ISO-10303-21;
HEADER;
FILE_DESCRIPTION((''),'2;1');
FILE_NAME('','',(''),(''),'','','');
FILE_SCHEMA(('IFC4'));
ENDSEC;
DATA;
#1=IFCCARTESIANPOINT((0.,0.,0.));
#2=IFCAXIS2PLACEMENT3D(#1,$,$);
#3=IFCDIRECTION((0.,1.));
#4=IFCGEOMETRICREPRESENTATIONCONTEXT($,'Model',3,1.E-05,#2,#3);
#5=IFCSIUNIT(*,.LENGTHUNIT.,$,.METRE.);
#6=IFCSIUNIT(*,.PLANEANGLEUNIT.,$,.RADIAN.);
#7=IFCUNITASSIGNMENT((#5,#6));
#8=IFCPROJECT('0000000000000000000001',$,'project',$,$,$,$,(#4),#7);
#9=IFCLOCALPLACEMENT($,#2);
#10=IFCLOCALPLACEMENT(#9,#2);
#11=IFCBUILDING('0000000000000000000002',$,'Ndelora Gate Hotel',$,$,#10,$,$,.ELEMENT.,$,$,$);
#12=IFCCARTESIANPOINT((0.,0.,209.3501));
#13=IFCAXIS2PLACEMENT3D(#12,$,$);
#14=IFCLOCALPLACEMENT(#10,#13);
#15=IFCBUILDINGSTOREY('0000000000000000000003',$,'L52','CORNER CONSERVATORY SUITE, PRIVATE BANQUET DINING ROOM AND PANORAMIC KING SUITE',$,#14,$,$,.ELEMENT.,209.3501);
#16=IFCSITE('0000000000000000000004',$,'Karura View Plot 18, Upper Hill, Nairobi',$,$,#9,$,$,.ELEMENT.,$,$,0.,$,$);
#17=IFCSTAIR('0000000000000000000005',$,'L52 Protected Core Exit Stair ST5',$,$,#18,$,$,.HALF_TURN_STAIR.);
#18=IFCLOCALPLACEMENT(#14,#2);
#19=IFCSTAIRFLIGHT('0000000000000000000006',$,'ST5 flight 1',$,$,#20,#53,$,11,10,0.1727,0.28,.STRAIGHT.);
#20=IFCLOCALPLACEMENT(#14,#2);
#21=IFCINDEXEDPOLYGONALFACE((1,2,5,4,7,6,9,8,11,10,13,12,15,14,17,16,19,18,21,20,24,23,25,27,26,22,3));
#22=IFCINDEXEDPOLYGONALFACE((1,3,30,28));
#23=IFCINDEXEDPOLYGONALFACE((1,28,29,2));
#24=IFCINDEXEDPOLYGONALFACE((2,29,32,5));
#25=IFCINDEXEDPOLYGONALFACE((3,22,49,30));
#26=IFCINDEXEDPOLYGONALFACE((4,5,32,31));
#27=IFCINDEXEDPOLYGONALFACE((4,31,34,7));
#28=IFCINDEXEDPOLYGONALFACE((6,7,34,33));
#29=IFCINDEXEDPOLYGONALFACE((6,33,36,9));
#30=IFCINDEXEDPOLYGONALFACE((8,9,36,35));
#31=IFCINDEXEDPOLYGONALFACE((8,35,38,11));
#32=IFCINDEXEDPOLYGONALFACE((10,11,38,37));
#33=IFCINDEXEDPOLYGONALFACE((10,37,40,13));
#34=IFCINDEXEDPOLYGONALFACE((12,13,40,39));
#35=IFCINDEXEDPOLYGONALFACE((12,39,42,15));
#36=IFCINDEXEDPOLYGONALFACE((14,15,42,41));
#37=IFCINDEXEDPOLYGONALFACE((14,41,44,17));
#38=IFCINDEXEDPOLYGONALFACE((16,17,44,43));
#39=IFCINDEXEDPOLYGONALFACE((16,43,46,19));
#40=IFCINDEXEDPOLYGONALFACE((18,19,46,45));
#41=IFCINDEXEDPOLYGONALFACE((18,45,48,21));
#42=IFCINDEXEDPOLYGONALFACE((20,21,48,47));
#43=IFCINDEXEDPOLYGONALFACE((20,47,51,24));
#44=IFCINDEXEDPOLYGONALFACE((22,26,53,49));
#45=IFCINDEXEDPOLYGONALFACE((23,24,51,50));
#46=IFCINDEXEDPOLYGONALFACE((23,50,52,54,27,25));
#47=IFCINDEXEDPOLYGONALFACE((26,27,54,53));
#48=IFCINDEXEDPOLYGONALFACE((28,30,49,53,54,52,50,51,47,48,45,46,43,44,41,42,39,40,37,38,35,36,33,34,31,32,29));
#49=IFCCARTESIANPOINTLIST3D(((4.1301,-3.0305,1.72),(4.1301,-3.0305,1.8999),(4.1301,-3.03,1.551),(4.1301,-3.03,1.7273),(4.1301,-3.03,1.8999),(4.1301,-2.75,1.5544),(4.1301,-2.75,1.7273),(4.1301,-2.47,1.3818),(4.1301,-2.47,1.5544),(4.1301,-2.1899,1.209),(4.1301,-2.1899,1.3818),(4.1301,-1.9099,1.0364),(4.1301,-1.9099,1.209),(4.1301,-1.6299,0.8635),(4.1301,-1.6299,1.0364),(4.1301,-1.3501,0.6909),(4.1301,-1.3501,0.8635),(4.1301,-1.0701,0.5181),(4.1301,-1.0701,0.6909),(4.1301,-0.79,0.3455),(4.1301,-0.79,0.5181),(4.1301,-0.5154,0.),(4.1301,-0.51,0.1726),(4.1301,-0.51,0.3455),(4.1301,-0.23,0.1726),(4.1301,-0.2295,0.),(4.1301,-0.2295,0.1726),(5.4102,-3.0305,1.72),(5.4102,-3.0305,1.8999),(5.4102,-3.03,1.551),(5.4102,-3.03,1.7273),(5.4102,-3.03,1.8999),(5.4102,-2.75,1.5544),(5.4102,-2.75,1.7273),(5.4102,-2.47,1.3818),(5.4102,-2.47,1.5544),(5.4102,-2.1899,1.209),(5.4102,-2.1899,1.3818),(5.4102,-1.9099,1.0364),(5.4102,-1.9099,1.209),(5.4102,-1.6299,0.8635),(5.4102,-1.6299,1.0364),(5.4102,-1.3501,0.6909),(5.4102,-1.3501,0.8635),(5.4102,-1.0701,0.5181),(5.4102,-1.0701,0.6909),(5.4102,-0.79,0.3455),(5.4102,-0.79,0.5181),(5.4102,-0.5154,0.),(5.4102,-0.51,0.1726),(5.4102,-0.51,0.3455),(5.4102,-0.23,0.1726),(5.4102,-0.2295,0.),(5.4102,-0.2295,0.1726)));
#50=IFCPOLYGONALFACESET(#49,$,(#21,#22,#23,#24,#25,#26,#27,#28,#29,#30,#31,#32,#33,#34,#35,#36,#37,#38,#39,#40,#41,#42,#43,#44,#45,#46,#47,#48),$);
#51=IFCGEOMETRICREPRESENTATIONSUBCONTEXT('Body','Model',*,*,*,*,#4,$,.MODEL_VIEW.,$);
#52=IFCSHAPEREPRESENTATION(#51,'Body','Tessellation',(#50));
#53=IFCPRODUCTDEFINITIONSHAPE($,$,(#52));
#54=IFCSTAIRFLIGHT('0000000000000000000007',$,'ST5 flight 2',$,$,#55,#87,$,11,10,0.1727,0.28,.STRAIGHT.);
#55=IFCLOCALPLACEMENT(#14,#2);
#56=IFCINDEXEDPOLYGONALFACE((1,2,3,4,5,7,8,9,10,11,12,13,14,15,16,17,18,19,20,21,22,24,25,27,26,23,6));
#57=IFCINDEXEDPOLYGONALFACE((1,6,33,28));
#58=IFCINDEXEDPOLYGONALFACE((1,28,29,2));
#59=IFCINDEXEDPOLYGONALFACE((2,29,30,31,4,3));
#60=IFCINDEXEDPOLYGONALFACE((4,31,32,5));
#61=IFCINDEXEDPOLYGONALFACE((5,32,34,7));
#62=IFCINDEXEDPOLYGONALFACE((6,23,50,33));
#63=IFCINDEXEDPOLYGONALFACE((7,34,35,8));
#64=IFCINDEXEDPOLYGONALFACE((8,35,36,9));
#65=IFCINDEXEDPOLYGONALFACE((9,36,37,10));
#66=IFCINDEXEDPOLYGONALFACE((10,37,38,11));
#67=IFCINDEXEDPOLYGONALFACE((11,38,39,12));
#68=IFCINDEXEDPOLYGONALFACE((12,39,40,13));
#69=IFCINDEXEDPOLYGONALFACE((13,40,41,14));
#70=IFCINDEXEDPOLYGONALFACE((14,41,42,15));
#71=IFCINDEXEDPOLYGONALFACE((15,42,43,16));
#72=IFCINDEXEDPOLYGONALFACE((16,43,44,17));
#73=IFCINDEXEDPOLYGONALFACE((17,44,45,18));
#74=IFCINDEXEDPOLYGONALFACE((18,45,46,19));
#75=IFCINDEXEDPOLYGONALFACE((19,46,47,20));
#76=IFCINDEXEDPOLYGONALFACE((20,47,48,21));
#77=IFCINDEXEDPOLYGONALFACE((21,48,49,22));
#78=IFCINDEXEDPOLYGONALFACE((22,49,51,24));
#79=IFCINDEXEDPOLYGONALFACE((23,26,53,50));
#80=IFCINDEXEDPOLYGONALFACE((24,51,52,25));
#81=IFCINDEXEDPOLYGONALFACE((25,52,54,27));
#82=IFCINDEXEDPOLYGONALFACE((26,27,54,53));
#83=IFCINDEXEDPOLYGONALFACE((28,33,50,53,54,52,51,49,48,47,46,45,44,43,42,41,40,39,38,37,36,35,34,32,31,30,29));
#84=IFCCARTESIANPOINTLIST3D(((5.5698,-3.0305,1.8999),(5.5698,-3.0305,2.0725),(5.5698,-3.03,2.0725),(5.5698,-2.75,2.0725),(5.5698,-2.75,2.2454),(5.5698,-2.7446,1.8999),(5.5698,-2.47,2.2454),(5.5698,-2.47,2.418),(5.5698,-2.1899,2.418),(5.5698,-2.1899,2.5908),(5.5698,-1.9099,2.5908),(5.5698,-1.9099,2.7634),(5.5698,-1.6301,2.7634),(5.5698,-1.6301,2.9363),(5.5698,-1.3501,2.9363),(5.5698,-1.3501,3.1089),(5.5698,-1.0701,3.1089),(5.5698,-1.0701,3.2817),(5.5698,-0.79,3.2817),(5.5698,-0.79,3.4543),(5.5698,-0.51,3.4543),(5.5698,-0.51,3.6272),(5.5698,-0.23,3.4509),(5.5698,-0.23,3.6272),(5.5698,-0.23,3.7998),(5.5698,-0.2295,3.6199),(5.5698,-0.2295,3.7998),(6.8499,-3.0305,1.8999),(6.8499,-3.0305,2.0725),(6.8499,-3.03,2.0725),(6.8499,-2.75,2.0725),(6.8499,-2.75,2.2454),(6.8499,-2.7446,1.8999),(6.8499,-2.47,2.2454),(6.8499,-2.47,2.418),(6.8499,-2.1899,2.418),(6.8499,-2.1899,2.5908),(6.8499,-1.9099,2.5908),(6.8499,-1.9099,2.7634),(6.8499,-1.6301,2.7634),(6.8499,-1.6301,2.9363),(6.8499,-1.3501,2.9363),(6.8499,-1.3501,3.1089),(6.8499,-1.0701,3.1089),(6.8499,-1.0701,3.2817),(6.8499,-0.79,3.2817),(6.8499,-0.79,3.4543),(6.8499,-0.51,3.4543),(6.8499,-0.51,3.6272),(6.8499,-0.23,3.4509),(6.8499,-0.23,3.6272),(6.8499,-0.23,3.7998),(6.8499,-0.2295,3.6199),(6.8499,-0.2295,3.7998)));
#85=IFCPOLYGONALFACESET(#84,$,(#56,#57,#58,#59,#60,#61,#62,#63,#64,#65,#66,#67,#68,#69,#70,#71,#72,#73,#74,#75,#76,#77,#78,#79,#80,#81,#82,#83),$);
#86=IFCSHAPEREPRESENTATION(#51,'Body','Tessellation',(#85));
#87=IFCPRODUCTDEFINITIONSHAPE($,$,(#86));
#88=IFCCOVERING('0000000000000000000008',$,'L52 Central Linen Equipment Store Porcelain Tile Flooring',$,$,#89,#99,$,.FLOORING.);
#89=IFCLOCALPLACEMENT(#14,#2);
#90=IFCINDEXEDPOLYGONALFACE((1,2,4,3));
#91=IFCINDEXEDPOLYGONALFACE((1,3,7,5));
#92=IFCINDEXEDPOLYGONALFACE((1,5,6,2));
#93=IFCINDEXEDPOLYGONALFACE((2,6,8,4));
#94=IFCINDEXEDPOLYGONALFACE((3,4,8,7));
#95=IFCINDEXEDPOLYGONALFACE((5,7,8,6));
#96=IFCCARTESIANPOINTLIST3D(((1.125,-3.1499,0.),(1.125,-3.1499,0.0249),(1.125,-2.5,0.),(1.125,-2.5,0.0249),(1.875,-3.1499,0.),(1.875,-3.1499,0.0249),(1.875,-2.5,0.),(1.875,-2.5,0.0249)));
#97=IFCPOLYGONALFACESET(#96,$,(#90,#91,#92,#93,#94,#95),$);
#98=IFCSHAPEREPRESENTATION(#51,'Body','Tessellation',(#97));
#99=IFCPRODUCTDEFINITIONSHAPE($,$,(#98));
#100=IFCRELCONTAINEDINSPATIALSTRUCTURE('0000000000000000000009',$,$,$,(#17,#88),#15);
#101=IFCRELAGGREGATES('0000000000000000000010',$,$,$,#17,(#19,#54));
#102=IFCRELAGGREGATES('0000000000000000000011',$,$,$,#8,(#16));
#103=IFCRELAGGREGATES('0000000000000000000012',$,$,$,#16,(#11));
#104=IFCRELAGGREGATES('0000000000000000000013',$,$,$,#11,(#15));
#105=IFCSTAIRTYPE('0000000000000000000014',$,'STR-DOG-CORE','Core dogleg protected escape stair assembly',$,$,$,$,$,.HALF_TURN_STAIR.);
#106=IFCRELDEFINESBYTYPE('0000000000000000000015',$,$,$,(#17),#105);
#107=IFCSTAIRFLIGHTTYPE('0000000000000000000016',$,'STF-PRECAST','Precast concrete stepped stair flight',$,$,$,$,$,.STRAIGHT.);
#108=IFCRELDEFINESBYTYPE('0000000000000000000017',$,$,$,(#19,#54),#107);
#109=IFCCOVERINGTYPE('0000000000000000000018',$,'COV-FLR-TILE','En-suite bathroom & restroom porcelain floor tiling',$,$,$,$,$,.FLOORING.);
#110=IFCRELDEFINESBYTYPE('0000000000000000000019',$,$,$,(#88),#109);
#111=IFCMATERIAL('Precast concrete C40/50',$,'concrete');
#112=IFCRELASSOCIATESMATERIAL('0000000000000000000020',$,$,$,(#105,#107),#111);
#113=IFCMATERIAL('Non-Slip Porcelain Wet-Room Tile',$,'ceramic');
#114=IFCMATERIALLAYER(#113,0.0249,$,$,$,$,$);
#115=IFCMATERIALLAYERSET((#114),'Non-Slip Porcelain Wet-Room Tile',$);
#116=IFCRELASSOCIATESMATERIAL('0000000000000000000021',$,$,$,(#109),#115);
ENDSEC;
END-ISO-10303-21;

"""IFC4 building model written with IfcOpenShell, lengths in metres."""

from ifc_helpers import new_model, si_unit, direction, frame, origin, origin_2d, place, context, subcontext, project, spatial, polyline, rectangle, outline, extrude, material, layer, layer_set, type_object, element, aggregate, save


model = new_model("IFC4")

# Units and contexts
model_context = context("Model", 3, precision=1e-05, world=origin(), true_north=direction((0.0, 1.0)))
body_context = subcontext(model_context, "Body", "Model", "MODEL_VIEW")
ifc_project = project(units=[si_unit("LENGTHUNIT", "METRE"), si_unit("PLANEANGLEUNIT", "RADIAN")], contexts=[model_context])

# Site, building, storey
site_placement = place(None, origin())
site = spatial("IfcSite", under=ifc_project, at=site_placement, Name="Karura View Plot 18, Upper Hill, Nairobi", CompositionType="ELEMENT", RefElevation=0.0)
building_placement = place(site_placement, origin())
building = spatial("IfcBuilding", under=site, at=building_placement, Name="Ndelora Gate Hotel", CompositionType="ELEMENT")
storey_placement = place(building_placement, frame((0.0, 0.0, 209.3501)))
storey = spatial("IfcBuildingStorey", under=building, at=storey_placement, Name="L52", Description="CORNER CONSERVATORY SUITE, PRIVATE BANQUET DINING ROOM AND PANORAMIC KING SUITE", CompositionType="ELEMENT", Elevation=209.3501)

# Stair, stair flights
ifc_material_1 = material(Name="Precast concrete C40/50", Category="concrete")
stair_type = type_object("IfcStairType", Name="STR-DOG-CORE", Description="Core dogleg protected escape stair assembly", PredefinedType="HALF_TURN_STAIR", material=ifc_material_1)
stair_placement = place(storey_placement, origin())
stair = element("IfcStair", 1, at=stair_placement, inside=storey, type_object=stair_type, Name="L52 Protected Core Exit Stair ST5", PredefinedType="HALF_TURN_STAIR")
stair_flight_type = type_object("IfcStairFlightType", Name="STF-PRECAST", Description="Precast concrete stepped stair flight", PredefinedType="STRAIGHT", material=ifc_material_1)
stair_flight_1_placement = place(storey_placement, frame((4.77, -0.23, 0.0), z_axis=(0.0, 0.0, 1.0), x_axis=(0.0, -1.0, 0.0)))
stair_flight_1 = element("IfcStairFlight", 2, at=stair_flight_1_placement, type_object=stair_flight_type, Name="ST5 flight 1", NumberOfRisers=11, NumberOfTreads=10, PredefinedType="STRAIGHT", RiserHeight=0.1727, TreadLength=0.28, context=body_context, shape_type="SweptSolid", body=[
    extrude(outline(polyline([(-0.0005, 0.0), (-0.0005, 0.1726), (0.0, 0.1726), (0.28, 0.1726), (0.28, 0.3455), (0.5601, 0.3455), (0.5601, 0.5181), (0.8401, 0.5181), (0.8401, 0.6909), (1.1201, 0.6909), (1.1201, 0.8635), (1.3999, 0.8635), (1.3999, 1.0364), (1.6799, 1.0364), (1.6799, 1.209), (1.96, 1.209), (1.96, 1.3818), (2.24, 1.3818), (2.24, 1.5544), (2.52, 1.5544), (2.52, 1.7273), (2.8, 1.7273), (2.8, 1.8999), (2.8005, 1.8999), (2.8005, 1.72), (2.8, 1.551), (0.2854, 0.0), (-0.0005, 0.0)])), frame((0.0, 0.6401, 0.0), z_axis=(0.0, -1.0, 0.0), x_axis=(1.0, 0.0, 0.0)), (0.0, 0.0, 1.0), 1.28),
])
stair_flight_2_placement = place(storey_placement, frame((6.21, -3.03, 1.8999), z_axis=(0.0, 0.0, 1.0), x_axis=(0.0, 1.0, 0.0)))
stair_flight_2 = element("IfcStairFlight", 3, at=stair_flight_2_placement, type_object=stair_flight_type, Name="ST5 flight 2", NumberOfRisers=11, NumberOfTreads=10, PredefinedType="STRAIGHT", RiserHeight=0.1727, TreadLength=0.28, context=body_context, shape_type="SweptSolid", body=[
    extrude(outline(polyline([(-0.0005, 0.0), (-0.0005, 0.1726), (0.0, 0.1726), (0.28, 0.1726), (0.28, 0.3455), (0.5601, 0.3455), (0.5601, 0.5181), (0.8401, 0.5181), (0.8401, 0.6909), (1.1201, 0.6909), (1.1201, 0.8635), (1.3999, 0.8635), (1.3999, 1.0364), (1.6799, 1.0364), (1.6799, 1.209), (1.96, 1.209), (1.96, 1.3818), (2.24, 1.3818), (2.24, 1.5544), (2.52, 1.5544), (2.52, 1.7273), (2.8, 1.7273), (2.8, 1.8999), (2.8005, 1.8999), (2.8005, 1.72), (2.8, 1.551), (0.2854, 0.0), (-0.0005, 0.0)])), frame((0.0, 0.6401, 0.0), z_axis=(0.0, -1.0, 0.0), x_axis=(1.0, 0.0, 0.0)), (0.0, 0.0, 1.0), 1.28),
])
aggregate(stair, [stair_flight_1, stair_flight_2])

# Covering
ifc_material_2 = material(Name="Non-Slip Porcelain Wet-Room Tile", Category="ceramic")
ifc_layer_1 = layer(ifc_material_2, 0.0249)
ifc_layer_set_1 = layer_set([ifc_layer_1], Name="Non-Slip Porcelain Wet-Room Tile")
covering_type = type_object("IfcCoveringType", Name="COV-FLR-TILE", Description="En-suite bathroom & restroom porcelain floor tiling", PredefinedType="FLOORING", material=ifc_layer_set_1)
covering_placement = place(storey_placement, frame((1.5, -2.825, 0.0), z_axis=(0.0, 0.0, 1.0), x_axis=(1.0, 0.0, 0.0)))
element("IfcCovering", 4, at=covering_placement, inside=storey, type_object=covering_type, Name="L52 Central Linen Equipment Store Porcelain Tile Flooring", PredefinedType="FLOORING", context=body_context, shape_type="SweptSolid", body=[
    extrude(rectangle(XDim=0.75, YDim=0.6499, at=origin_2d()), origin(), (0.0, 0.0, 1.0), 0.0249),
])

save(model, "model.ifc")
